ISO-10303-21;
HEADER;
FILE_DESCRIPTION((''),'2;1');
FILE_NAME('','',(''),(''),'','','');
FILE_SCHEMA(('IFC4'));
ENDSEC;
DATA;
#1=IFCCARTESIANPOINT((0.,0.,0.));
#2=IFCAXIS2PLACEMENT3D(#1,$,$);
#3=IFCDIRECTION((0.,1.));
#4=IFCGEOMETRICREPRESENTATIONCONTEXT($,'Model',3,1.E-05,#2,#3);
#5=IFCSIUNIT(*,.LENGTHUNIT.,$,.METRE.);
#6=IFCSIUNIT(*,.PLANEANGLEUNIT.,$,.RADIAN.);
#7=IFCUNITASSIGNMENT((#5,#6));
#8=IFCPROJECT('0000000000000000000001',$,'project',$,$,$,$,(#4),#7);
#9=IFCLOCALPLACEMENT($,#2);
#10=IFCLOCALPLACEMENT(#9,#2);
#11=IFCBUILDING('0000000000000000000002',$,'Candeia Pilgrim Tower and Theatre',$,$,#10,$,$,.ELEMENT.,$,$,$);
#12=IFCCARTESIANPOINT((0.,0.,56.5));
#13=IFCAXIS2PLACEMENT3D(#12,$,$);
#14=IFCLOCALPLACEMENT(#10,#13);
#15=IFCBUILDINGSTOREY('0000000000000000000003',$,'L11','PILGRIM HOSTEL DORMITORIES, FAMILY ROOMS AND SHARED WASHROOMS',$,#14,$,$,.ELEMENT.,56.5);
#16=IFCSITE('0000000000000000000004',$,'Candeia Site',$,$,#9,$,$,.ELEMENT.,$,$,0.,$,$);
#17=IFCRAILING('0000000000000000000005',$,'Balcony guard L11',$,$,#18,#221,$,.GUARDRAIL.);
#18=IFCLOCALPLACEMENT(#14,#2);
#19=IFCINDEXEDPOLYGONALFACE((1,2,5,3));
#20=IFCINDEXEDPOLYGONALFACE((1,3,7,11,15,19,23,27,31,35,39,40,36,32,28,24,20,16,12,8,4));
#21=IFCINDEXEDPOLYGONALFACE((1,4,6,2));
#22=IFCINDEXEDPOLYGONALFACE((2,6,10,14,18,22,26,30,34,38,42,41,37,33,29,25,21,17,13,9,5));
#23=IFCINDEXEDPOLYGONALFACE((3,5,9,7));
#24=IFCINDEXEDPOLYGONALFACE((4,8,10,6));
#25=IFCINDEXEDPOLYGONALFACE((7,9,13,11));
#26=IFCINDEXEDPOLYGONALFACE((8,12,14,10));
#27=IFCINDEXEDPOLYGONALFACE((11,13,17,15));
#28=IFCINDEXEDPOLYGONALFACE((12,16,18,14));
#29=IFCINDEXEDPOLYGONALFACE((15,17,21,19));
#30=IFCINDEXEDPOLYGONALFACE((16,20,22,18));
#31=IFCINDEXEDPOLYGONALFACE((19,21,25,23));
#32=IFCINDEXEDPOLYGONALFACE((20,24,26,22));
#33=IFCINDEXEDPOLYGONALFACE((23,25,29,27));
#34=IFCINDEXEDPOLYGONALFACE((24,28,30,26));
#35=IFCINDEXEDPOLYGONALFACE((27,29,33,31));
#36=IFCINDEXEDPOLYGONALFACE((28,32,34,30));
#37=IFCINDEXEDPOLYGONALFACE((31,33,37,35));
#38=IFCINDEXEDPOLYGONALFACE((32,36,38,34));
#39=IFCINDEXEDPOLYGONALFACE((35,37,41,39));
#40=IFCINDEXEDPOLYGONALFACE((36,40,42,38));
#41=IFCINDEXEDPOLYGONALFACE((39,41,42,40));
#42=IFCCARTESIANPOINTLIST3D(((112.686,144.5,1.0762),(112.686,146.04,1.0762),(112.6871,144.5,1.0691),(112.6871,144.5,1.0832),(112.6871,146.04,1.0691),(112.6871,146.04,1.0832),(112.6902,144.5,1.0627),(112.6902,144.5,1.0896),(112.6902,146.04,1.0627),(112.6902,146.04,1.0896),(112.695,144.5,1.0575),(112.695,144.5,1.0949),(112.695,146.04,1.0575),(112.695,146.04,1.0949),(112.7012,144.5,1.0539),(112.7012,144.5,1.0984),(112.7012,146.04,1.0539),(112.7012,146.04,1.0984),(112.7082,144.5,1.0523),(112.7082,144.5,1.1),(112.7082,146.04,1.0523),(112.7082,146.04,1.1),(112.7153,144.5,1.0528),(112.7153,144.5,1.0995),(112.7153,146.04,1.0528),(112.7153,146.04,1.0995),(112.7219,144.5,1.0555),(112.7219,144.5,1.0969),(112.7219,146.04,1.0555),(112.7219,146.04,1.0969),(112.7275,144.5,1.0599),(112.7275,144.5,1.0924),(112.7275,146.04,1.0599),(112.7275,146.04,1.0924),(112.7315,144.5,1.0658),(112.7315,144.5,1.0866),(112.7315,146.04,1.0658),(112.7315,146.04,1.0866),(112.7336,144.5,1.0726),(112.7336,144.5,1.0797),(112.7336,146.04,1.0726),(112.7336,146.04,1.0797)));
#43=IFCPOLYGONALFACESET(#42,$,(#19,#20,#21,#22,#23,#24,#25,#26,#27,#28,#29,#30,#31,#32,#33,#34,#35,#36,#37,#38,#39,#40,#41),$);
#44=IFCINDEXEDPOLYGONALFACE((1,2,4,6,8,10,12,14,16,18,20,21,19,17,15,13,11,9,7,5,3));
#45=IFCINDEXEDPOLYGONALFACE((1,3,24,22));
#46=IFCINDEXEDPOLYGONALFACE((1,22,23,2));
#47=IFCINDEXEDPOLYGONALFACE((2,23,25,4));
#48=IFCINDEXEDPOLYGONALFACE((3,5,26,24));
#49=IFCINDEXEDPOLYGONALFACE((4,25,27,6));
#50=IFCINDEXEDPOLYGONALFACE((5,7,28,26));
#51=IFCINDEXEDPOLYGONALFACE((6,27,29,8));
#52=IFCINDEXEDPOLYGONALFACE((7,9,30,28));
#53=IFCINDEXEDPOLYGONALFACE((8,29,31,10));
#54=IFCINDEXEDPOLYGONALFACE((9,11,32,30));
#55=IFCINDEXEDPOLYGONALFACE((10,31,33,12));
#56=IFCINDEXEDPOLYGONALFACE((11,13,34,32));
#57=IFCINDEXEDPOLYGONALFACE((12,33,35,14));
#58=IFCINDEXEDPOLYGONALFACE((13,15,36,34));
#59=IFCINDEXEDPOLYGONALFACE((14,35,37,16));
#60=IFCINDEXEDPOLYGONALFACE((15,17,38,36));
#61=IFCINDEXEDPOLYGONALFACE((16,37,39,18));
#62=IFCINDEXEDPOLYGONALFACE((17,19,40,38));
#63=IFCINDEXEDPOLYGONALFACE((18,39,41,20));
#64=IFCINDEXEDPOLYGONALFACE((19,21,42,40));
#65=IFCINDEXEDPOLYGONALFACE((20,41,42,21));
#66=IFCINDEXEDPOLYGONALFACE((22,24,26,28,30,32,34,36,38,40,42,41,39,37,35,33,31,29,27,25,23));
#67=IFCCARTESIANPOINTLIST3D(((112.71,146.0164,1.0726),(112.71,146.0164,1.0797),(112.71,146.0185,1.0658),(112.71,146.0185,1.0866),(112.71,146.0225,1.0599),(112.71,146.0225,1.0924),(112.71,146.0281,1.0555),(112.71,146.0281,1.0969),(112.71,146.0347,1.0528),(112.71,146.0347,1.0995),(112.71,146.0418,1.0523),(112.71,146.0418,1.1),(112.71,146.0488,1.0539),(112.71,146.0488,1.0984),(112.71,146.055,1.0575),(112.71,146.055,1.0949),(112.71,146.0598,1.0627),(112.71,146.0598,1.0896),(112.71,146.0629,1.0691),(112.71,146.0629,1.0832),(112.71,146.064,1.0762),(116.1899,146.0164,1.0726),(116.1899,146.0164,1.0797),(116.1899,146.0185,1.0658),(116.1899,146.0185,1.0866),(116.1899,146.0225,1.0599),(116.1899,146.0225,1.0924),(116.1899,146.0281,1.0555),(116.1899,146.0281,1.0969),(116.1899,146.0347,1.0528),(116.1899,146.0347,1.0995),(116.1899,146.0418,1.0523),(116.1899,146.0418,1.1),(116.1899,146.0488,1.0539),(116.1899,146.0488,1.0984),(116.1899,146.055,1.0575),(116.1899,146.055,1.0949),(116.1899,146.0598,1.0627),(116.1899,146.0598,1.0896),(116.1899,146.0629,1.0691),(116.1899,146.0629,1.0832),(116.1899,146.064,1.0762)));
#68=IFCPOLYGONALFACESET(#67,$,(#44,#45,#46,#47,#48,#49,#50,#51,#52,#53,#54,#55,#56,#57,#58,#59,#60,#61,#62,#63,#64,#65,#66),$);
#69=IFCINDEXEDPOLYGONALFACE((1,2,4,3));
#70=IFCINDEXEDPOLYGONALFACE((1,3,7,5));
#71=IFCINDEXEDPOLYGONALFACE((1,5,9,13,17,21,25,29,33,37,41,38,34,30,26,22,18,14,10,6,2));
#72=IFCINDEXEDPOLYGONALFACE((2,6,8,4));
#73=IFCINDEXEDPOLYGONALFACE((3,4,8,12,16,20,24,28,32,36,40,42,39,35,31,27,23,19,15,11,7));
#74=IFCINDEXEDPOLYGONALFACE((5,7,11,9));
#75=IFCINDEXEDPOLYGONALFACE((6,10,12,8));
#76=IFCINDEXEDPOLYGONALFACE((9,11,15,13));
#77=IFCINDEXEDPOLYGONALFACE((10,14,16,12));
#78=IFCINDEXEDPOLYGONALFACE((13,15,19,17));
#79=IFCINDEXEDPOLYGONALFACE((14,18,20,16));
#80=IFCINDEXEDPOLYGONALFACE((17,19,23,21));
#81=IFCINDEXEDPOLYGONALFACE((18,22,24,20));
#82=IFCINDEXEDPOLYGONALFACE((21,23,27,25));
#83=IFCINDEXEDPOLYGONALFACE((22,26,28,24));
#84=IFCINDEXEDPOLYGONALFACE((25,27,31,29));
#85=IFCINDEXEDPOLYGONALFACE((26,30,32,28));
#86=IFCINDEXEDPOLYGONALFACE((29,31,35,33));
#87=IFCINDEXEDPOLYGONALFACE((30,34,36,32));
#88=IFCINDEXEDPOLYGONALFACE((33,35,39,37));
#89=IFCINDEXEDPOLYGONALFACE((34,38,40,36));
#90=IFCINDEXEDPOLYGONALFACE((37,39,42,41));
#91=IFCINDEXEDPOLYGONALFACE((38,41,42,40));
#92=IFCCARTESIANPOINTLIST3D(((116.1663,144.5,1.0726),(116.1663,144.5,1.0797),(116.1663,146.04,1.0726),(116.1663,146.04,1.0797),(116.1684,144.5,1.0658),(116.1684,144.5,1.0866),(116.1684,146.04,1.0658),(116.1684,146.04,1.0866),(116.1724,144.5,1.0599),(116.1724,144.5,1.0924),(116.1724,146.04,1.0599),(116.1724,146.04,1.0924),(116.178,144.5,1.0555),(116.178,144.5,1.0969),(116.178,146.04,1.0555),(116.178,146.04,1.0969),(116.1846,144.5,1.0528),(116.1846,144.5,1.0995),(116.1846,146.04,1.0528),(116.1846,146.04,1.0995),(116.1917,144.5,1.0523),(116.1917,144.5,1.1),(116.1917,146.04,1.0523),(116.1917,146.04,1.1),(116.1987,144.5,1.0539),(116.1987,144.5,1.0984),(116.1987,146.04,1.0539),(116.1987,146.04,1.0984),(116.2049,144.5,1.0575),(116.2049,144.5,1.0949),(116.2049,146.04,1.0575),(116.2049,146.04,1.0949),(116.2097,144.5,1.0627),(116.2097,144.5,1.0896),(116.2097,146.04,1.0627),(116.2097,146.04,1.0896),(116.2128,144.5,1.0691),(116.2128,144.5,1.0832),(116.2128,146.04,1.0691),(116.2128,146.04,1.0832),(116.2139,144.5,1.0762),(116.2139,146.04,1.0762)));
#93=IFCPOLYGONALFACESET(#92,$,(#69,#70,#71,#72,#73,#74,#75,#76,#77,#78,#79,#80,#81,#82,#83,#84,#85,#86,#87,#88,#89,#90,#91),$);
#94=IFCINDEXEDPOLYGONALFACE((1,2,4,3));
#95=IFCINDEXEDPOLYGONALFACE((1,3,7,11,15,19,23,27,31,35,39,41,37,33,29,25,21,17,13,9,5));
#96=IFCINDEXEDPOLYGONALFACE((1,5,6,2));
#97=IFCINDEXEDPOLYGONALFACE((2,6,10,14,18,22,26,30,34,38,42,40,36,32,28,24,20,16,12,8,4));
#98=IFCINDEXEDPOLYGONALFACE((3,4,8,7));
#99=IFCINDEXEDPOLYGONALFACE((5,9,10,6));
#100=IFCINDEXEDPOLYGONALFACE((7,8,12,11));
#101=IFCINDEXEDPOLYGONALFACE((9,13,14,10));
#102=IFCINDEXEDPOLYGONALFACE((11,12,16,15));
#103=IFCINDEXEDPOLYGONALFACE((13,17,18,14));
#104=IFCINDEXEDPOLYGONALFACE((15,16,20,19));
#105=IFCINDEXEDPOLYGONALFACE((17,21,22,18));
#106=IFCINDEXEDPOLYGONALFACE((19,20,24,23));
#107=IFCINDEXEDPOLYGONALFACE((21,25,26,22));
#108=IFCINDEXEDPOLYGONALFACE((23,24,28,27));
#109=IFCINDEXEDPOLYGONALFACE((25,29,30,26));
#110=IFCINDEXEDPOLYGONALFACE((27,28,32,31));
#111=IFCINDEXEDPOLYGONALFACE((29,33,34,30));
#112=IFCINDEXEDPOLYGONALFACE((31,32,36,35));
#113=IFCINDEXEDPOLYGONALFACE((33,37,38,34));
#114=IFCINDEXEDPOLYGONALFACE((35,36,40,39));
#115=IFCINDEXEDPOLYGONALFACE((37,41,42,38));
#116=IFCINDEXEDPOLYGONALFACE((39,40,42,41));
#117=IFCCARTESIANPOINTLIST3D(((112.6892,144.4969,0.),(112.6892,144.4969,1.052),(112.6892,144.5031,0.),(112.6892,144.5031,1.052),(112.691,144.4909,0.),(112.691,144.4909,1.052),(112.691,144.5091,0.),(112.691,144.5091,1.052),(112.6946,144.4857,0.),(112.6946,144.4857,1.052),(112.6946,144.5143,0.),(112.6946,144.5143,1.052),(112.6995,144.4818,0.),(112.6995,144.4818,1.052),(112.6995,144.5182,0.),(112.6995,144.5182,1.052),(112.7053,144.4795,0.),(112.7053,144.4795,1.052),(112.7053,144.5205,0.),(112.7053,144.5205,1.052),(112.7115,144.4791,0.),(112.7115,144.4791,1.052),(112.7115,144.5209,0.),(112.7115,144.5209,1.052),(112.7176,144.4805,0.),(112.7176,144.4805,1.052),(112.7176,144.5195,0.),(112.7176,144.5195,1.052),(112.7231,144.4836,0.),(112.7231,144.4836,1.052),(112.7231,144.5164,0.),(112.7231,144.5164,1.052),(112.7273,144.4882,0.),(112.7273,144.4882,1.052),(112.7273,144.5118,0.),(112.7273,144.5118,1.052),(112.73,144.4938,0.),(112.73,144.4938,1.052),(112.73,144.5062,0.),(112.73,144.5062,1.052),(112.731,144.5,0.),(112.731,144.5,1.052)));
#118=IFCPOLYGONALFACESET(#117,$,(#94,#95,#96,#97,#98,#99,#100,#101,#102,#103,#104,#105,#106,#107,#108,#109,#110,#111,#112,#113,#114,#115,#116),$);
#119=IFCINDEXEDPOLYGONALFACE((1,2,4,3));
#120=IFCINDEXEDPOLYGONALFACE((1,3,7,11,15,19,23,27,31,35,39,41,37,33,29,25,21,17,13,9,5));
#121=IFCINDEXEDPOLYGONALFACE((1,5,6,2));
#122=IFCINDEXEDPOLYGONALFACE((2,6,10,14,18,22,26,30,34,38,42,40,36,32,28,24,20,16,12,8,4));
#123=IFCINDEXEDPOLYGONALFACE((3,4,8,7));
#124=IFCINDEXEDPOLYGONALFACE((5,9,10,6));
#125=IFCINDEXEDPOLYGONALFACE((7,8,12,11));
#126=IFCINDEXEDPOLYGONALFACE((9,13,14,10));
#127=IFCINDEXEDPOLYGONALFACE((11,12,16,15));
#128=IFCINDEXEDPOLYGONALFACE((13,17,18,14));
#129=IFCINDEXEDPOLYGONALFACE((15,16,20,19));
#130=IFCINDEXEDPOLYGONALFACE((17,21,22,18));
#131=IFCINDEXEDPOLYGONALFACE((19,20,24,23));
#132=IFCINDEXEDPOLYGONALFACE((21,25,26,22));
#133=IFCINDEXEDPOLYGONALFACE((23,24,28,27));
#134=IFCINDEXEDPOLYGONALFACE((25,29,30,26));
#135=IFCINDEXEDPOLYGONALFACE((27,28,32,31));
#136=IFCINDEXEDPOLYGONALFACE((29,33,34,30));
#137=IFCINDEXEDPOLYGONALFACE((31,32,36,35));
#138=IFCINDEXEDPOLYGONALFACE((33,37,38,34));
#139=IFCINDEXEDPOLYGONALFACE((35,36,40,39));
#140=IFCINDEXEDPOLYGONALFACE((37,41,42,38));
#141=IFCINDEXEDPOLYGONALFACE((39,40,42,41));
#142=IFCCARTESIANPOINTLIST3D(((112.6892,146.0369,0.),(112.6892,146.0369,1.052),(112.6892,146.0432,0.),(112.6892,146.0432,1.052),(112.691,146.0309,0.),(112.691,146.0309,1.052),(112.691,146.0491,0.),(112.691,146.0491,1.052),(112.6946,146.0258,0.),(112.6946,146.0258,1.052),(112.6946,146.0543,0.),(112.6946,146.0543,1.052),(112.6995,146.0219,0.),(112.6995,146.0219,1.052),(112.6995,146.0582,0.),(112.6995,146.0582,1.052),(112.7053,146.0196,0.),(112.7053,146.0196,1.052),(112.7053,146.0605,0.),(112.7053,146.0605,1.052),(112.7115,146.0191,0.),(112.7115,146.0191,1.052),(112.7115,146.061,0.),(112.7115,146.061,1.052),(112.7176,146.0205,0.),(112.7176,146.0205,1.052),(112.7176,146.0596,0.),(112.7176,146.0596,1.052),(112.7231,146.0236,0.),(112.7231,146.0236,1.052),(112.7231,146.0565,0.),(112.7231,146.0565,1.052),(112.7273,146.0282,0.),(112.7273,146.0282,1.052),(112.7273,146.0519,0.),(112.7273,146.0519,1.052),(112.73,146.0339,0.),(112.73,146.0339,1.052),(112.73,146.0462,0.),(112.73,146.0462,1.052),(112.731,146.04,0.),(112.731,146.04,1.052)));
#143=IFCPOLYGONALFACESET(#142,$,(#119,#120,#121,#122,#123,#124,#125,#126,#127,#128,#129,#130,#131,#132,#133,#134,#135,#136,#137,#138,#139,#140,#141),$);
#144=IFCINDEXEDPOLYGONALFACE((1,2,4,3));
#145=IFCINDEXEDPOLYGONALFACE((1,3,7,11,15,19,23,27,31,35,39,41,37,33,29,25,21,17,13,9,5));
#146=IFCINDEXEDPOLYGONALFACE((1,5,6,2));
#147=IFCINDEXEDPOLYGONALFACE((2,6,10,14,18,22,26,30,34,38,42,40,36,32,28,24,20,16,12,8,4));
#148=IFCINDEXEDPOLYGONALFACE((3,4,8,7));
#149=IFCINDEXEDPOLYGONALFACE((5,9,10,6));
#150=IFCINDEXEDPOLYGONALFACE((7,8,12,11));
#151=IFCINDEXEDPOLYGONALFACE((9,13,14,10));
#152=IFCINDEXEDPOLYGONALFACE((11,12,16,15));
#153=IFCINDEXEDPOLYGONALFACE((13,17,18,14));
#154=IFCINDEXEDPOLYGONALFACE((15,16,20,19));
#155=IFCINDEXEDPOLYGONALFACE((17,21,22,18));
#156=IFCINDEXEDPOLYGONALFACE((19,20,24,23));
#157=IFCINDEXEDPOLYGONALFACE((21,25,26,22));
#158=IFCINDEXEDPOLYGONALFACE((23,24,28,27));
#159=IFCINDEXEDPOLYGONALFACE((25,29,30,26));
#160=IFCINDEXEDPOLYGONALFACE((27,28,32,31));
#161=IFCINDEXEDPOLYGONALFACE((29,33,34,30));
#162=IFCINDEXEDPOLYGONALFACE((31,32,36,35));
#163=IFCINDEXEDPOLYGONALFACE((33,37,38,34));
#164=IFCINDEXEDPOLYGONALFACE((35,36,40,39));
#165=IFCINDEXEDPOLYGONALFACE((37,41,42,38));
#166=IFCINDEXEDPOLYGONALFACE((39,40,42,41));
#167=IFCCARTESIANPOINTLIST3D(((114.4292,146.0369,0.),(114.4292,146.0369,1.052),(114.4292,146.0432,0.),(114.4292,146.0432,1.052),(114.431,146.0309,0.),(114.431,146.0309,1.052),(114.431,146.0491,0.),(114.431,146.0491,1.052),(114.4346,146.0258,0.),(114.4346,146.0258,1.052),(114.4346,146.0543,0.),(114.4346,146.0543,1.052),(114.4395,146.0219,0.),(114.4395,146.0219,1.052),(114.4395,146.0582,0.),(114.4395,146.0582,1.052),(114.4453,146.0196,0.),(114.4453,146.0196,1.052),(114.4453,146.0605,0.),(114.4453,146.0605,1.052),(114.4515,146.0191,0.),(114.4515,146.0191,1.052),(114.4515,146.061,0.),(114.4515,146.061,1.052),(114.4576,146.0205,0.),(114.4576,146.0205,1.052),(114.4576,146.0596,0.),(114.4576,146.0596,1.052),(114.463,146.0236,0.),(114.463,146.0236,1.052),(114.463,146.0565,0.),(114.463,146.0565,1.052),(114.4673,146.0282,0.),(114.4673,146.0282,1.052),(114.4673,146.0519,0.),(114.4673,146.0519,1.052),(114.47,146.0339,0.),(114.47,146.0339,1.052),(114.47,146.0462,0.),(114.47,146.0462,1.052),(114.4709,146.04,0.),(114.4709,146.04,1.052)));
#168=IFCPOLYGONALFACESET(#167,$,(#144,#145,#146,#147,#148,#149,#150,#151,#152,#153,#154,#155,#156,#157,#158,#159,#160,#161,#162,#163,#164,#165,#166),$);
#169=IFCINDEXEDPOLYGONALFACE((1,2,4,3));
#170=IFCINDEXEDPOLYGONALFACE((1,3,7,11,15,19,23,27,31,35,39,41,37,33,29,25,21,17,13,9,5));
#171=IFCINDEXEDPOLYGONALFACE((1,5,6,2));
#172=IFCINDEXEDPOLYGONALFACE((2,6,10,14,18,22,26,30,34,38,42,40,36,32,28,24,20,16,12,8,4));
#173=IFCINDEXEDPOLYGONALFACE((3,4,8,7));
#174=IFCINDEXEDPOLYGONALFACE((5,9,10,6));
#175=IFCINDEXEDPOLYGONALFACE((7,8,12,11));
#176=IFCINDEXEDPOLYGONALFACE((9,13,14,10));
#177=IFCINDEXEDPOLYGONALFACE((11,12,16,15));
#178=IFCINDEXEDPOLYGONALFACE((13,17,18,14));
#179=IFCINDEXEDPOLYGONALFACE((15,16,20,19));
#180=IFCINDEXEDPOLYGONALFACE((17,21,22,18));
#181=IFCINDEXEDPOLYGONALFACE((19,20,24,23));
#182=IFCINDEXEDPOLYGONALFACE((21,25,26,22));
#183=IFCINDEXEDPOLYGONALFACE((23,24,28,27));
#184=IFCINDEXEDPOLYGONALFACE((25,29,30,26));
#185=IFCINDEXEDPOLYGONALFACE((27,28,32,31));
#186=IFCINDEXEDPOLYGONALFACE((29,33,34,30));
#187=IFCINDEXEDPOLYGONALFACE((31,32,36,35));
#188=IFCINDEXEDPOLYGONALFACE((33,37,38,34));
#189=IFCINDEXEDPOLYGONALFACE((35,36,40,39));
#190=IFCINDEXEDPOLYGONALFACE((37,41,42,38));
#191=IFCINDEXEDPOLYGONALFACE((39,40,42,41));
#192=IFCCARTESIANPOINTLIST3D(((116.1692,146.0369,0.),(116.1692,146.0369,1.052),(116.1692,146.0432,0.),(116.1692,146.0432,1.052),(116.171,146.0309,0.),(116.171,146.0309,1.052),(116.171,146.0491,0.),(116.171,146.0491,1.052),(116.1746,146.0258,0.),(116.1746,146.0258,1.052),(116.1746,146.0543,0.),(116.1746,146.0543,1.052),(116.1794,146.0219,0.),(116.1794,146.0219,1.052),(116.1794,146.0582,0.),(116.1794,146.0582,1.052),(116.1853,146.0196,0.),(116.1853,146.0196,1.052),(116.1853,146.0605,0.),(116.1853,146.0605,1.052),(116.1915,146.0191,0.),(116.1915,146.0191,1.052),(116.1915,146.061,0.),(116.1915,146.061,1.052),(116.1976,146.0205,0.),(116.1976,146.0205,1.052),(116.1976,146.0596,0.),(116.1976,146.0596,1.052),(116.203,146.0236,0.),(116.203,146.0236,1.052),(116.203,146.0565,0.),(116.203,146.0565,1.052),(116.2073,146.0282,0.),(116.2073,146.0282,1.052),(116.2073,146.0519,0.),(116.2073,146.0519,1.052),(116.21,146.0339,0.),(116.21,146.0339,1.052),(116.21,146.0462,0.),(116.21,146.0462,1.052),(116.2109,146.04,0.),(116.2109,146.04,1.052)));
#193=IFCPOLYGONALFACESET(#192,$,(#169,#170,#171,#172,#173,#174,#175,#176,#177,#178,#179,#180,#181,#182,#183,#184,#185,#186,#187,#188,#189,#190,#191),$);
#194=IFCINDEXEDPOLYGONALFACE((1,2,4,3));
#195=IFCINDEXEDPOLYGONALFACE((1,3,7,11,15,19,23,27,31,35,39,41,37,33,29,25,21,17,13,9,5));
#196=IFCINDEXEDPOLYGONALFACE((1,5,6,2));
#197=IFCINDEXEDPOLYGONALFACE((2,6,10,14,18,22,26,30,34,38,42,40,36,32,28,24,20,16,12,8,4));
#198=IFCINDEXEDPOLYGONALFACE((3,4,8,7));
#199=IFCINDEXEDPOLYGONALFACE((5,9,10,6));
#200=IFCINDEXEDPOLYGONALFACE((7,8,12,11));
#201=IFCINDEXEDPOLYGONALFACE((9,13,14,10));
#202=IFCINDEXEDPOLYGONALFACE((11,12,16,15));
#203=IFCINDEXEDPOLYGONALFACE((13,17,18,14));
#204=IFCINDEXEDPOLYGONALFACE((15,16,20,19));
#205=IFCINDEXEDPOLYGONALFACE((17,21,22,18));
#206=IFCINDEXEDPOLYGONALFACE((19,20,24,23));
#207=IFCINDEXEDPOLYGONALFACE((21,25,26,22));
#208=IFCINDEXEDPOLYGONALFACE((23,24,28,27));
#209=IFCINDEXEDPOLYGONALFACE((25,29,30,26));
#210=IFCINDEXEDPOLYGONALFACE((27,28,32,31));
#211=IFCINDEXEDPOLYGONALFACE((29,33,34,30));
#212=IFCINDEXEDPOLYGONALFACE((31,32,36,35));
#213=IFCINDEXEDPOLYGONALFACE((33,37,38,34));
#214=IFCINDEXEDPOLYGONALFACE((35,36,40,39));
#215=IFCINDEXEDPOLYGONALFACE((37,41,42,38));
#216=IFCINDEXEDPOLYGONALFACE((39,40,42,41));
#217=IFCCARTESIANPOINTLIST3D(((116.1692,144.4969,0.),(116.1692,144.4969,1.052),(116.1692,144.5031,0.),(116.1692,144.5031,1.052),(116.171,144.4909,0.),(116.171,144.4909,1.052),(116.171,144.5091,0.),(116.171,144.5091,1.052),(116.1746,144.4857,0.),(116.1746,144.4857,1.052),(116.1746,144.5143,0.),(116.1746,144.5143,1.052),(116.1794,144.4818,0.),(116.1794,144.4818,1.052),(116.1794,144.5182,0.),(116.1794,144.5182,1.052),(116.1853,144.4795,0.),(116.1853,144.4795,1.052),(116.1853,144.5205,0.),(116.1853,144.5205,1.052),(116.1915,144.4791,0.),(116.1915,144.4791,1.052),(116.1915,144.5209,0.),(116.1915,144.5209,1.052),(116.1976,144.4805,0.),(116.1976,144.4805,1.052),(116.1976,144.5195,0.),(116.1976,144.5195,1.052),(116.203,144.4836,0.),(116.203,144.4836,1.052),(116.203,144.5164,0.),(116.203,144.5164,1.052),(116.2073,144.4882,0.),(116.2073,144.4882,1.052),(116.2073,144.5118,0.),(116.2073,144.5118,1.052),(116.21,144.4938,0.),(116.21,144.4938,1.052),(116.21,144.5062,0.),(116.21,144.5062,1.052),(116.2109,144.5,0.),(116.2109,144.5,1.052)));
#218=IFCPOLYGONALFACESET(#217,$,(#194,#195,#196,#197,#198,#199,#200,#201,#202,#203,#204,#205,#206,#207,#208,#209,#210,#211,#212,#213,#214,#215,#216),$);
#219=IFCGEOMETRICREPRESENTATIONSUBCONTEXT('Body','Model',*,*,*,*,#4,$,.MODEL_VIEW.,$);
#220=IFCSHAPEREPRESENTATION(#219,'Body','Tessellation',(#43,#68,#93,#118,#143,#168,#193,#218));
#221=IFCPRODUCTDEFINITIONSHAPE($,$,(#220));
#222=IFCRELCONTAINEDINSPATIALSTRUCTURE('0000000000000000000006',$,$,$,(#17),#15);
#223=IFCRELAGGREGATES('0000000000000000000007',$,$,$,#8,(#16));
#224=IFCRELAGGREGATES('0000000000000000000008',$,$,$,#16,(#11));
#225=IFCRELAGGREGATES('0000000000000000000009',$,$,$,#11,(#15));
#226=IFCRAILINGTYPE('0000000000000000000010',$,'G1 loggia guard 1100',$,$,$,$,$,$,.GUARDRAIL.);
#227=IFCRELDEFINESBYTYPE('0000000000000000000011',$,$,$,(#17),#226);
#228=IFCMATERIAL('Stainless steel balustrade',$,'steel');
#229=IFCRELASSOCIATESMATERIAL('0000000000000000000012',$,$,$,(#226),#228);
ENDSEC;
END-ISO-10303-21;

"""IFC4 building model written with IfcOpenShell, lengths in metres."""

from ifc_helpers import new_model, si_unit, direction, frame, origin, origin_2d, place, context, subcontext, project, spatial, circle, extrude, material, type_object, element, save


model = new_model("IFC4")

# Units and contexts
model_context = context("Model", 3, precision=1e-05, world=origin(), true_north=direction((0.0, 1.0)))
body_context = subcontext(model_context, "Body", "Model", "MODEL_VIEW")
ifc_project = project(units=[si_unit("LENGTHUNIT", "METRE"), si_unit("PLANEANGLEUNIT", "RADIAN")], contexts=[model_context])

# Site, building, storey
site_placement = place(None, origin())
site = spatial("IfcSite", under=ifc_project, at=site_placement, Name="Candeia Site", CompositionType="ELEMENT", RefElevation=0.0)
building_placement = place(site_placement, origin())
building = spatial("IfcBuilding", under=site, at=building_placement, Name="Candeia Pilgrim Tower and Theatre", CompositionType="ELEMENT")
storey_placement = place(building_placement, frame((0.0, 0.0, 56.5)))
storey = spatial("IfcBuildingStorey", under=building, at=storey_placement, Name="L11", Description="PILGRIM HOSTEL DORMITORIES, FAMILY ROOMS AND SHARED WASHROOMS", CompositionType="ELEMENT", Elevation=56.5)

# Railing
ifc_material_1 = material(Name="Stainless steel balustrade", Category="steel")
railing_type = type_object("IfcRailingType", Name="G1 loggia guard 1100", PredefinedType="GUARDRAIL", material=ifc_material_1)
railing_placement = place(storey_placement, frame((112.71, 144.5, 0.0)))
element("IfcRailing", 1, at=railing_placement, inside=storey, type_object=railing_type, Name="Balcony guard L11", PredefinedType="GUARDRAIL", context=body_context, shape_type="SweptSolid", body=[
    extrude(circle(Radius=0.0239, at=origin_2d()), frame((0.0, 0.0, 1.0762), z_axis=(0.0, 1.0, 0.0), x_axis=(-1.0, 0.0, 0.0)), (0.0, 0.0, 1.0), 1.54),
    extrude(circle(Radius=0.0239, at=origin_2d()), frame((0.0, 1.54, 1.0762), z_axis=(1.0, 0.0, 0.0), x_axis=(0.0, 1.0, 0.0)), (0.0, 0.0, 1.0), 3.48),
    extrude(circle(Radius=0.0239, at=origin_2d()), frame((3.48, 1.54, 1.0762), z_axis=(0.0, -1.0, 0.0), x_axis=(1.0, 0.0, 0.0)), (0.0, 0.0, 1.0), 1.54),
    extrude(circle(Radius=0.021, at=origin_2d()), origin(), (0.0, 0.0, 1.0), 1.052),
    extrude(circle(Radius=0.021, at=origin_2d()), frame((0.0, 1.54, 0.0)), (0.0, 0.0, 1.0), 1.052),
    extrude(circle(Radius=0.021, at=origin_2d()), frame((1.74, 1.54, 0.0)), (0.0, 0.0, 1.0), 1.052),
    extrude(circle(Radius=0.021, at=origin_2d()), frame((3.48, 1.54, 0.0)), (0.0, 0.0, 1.0), 1.052),
    extrude(circle(Radius=0.021, at=origin_2d()), frame((3.48, 0.0, 0.0)), (0.0, 0.0, 1.0), 1.052),
])

save(model, "model.ifc")
